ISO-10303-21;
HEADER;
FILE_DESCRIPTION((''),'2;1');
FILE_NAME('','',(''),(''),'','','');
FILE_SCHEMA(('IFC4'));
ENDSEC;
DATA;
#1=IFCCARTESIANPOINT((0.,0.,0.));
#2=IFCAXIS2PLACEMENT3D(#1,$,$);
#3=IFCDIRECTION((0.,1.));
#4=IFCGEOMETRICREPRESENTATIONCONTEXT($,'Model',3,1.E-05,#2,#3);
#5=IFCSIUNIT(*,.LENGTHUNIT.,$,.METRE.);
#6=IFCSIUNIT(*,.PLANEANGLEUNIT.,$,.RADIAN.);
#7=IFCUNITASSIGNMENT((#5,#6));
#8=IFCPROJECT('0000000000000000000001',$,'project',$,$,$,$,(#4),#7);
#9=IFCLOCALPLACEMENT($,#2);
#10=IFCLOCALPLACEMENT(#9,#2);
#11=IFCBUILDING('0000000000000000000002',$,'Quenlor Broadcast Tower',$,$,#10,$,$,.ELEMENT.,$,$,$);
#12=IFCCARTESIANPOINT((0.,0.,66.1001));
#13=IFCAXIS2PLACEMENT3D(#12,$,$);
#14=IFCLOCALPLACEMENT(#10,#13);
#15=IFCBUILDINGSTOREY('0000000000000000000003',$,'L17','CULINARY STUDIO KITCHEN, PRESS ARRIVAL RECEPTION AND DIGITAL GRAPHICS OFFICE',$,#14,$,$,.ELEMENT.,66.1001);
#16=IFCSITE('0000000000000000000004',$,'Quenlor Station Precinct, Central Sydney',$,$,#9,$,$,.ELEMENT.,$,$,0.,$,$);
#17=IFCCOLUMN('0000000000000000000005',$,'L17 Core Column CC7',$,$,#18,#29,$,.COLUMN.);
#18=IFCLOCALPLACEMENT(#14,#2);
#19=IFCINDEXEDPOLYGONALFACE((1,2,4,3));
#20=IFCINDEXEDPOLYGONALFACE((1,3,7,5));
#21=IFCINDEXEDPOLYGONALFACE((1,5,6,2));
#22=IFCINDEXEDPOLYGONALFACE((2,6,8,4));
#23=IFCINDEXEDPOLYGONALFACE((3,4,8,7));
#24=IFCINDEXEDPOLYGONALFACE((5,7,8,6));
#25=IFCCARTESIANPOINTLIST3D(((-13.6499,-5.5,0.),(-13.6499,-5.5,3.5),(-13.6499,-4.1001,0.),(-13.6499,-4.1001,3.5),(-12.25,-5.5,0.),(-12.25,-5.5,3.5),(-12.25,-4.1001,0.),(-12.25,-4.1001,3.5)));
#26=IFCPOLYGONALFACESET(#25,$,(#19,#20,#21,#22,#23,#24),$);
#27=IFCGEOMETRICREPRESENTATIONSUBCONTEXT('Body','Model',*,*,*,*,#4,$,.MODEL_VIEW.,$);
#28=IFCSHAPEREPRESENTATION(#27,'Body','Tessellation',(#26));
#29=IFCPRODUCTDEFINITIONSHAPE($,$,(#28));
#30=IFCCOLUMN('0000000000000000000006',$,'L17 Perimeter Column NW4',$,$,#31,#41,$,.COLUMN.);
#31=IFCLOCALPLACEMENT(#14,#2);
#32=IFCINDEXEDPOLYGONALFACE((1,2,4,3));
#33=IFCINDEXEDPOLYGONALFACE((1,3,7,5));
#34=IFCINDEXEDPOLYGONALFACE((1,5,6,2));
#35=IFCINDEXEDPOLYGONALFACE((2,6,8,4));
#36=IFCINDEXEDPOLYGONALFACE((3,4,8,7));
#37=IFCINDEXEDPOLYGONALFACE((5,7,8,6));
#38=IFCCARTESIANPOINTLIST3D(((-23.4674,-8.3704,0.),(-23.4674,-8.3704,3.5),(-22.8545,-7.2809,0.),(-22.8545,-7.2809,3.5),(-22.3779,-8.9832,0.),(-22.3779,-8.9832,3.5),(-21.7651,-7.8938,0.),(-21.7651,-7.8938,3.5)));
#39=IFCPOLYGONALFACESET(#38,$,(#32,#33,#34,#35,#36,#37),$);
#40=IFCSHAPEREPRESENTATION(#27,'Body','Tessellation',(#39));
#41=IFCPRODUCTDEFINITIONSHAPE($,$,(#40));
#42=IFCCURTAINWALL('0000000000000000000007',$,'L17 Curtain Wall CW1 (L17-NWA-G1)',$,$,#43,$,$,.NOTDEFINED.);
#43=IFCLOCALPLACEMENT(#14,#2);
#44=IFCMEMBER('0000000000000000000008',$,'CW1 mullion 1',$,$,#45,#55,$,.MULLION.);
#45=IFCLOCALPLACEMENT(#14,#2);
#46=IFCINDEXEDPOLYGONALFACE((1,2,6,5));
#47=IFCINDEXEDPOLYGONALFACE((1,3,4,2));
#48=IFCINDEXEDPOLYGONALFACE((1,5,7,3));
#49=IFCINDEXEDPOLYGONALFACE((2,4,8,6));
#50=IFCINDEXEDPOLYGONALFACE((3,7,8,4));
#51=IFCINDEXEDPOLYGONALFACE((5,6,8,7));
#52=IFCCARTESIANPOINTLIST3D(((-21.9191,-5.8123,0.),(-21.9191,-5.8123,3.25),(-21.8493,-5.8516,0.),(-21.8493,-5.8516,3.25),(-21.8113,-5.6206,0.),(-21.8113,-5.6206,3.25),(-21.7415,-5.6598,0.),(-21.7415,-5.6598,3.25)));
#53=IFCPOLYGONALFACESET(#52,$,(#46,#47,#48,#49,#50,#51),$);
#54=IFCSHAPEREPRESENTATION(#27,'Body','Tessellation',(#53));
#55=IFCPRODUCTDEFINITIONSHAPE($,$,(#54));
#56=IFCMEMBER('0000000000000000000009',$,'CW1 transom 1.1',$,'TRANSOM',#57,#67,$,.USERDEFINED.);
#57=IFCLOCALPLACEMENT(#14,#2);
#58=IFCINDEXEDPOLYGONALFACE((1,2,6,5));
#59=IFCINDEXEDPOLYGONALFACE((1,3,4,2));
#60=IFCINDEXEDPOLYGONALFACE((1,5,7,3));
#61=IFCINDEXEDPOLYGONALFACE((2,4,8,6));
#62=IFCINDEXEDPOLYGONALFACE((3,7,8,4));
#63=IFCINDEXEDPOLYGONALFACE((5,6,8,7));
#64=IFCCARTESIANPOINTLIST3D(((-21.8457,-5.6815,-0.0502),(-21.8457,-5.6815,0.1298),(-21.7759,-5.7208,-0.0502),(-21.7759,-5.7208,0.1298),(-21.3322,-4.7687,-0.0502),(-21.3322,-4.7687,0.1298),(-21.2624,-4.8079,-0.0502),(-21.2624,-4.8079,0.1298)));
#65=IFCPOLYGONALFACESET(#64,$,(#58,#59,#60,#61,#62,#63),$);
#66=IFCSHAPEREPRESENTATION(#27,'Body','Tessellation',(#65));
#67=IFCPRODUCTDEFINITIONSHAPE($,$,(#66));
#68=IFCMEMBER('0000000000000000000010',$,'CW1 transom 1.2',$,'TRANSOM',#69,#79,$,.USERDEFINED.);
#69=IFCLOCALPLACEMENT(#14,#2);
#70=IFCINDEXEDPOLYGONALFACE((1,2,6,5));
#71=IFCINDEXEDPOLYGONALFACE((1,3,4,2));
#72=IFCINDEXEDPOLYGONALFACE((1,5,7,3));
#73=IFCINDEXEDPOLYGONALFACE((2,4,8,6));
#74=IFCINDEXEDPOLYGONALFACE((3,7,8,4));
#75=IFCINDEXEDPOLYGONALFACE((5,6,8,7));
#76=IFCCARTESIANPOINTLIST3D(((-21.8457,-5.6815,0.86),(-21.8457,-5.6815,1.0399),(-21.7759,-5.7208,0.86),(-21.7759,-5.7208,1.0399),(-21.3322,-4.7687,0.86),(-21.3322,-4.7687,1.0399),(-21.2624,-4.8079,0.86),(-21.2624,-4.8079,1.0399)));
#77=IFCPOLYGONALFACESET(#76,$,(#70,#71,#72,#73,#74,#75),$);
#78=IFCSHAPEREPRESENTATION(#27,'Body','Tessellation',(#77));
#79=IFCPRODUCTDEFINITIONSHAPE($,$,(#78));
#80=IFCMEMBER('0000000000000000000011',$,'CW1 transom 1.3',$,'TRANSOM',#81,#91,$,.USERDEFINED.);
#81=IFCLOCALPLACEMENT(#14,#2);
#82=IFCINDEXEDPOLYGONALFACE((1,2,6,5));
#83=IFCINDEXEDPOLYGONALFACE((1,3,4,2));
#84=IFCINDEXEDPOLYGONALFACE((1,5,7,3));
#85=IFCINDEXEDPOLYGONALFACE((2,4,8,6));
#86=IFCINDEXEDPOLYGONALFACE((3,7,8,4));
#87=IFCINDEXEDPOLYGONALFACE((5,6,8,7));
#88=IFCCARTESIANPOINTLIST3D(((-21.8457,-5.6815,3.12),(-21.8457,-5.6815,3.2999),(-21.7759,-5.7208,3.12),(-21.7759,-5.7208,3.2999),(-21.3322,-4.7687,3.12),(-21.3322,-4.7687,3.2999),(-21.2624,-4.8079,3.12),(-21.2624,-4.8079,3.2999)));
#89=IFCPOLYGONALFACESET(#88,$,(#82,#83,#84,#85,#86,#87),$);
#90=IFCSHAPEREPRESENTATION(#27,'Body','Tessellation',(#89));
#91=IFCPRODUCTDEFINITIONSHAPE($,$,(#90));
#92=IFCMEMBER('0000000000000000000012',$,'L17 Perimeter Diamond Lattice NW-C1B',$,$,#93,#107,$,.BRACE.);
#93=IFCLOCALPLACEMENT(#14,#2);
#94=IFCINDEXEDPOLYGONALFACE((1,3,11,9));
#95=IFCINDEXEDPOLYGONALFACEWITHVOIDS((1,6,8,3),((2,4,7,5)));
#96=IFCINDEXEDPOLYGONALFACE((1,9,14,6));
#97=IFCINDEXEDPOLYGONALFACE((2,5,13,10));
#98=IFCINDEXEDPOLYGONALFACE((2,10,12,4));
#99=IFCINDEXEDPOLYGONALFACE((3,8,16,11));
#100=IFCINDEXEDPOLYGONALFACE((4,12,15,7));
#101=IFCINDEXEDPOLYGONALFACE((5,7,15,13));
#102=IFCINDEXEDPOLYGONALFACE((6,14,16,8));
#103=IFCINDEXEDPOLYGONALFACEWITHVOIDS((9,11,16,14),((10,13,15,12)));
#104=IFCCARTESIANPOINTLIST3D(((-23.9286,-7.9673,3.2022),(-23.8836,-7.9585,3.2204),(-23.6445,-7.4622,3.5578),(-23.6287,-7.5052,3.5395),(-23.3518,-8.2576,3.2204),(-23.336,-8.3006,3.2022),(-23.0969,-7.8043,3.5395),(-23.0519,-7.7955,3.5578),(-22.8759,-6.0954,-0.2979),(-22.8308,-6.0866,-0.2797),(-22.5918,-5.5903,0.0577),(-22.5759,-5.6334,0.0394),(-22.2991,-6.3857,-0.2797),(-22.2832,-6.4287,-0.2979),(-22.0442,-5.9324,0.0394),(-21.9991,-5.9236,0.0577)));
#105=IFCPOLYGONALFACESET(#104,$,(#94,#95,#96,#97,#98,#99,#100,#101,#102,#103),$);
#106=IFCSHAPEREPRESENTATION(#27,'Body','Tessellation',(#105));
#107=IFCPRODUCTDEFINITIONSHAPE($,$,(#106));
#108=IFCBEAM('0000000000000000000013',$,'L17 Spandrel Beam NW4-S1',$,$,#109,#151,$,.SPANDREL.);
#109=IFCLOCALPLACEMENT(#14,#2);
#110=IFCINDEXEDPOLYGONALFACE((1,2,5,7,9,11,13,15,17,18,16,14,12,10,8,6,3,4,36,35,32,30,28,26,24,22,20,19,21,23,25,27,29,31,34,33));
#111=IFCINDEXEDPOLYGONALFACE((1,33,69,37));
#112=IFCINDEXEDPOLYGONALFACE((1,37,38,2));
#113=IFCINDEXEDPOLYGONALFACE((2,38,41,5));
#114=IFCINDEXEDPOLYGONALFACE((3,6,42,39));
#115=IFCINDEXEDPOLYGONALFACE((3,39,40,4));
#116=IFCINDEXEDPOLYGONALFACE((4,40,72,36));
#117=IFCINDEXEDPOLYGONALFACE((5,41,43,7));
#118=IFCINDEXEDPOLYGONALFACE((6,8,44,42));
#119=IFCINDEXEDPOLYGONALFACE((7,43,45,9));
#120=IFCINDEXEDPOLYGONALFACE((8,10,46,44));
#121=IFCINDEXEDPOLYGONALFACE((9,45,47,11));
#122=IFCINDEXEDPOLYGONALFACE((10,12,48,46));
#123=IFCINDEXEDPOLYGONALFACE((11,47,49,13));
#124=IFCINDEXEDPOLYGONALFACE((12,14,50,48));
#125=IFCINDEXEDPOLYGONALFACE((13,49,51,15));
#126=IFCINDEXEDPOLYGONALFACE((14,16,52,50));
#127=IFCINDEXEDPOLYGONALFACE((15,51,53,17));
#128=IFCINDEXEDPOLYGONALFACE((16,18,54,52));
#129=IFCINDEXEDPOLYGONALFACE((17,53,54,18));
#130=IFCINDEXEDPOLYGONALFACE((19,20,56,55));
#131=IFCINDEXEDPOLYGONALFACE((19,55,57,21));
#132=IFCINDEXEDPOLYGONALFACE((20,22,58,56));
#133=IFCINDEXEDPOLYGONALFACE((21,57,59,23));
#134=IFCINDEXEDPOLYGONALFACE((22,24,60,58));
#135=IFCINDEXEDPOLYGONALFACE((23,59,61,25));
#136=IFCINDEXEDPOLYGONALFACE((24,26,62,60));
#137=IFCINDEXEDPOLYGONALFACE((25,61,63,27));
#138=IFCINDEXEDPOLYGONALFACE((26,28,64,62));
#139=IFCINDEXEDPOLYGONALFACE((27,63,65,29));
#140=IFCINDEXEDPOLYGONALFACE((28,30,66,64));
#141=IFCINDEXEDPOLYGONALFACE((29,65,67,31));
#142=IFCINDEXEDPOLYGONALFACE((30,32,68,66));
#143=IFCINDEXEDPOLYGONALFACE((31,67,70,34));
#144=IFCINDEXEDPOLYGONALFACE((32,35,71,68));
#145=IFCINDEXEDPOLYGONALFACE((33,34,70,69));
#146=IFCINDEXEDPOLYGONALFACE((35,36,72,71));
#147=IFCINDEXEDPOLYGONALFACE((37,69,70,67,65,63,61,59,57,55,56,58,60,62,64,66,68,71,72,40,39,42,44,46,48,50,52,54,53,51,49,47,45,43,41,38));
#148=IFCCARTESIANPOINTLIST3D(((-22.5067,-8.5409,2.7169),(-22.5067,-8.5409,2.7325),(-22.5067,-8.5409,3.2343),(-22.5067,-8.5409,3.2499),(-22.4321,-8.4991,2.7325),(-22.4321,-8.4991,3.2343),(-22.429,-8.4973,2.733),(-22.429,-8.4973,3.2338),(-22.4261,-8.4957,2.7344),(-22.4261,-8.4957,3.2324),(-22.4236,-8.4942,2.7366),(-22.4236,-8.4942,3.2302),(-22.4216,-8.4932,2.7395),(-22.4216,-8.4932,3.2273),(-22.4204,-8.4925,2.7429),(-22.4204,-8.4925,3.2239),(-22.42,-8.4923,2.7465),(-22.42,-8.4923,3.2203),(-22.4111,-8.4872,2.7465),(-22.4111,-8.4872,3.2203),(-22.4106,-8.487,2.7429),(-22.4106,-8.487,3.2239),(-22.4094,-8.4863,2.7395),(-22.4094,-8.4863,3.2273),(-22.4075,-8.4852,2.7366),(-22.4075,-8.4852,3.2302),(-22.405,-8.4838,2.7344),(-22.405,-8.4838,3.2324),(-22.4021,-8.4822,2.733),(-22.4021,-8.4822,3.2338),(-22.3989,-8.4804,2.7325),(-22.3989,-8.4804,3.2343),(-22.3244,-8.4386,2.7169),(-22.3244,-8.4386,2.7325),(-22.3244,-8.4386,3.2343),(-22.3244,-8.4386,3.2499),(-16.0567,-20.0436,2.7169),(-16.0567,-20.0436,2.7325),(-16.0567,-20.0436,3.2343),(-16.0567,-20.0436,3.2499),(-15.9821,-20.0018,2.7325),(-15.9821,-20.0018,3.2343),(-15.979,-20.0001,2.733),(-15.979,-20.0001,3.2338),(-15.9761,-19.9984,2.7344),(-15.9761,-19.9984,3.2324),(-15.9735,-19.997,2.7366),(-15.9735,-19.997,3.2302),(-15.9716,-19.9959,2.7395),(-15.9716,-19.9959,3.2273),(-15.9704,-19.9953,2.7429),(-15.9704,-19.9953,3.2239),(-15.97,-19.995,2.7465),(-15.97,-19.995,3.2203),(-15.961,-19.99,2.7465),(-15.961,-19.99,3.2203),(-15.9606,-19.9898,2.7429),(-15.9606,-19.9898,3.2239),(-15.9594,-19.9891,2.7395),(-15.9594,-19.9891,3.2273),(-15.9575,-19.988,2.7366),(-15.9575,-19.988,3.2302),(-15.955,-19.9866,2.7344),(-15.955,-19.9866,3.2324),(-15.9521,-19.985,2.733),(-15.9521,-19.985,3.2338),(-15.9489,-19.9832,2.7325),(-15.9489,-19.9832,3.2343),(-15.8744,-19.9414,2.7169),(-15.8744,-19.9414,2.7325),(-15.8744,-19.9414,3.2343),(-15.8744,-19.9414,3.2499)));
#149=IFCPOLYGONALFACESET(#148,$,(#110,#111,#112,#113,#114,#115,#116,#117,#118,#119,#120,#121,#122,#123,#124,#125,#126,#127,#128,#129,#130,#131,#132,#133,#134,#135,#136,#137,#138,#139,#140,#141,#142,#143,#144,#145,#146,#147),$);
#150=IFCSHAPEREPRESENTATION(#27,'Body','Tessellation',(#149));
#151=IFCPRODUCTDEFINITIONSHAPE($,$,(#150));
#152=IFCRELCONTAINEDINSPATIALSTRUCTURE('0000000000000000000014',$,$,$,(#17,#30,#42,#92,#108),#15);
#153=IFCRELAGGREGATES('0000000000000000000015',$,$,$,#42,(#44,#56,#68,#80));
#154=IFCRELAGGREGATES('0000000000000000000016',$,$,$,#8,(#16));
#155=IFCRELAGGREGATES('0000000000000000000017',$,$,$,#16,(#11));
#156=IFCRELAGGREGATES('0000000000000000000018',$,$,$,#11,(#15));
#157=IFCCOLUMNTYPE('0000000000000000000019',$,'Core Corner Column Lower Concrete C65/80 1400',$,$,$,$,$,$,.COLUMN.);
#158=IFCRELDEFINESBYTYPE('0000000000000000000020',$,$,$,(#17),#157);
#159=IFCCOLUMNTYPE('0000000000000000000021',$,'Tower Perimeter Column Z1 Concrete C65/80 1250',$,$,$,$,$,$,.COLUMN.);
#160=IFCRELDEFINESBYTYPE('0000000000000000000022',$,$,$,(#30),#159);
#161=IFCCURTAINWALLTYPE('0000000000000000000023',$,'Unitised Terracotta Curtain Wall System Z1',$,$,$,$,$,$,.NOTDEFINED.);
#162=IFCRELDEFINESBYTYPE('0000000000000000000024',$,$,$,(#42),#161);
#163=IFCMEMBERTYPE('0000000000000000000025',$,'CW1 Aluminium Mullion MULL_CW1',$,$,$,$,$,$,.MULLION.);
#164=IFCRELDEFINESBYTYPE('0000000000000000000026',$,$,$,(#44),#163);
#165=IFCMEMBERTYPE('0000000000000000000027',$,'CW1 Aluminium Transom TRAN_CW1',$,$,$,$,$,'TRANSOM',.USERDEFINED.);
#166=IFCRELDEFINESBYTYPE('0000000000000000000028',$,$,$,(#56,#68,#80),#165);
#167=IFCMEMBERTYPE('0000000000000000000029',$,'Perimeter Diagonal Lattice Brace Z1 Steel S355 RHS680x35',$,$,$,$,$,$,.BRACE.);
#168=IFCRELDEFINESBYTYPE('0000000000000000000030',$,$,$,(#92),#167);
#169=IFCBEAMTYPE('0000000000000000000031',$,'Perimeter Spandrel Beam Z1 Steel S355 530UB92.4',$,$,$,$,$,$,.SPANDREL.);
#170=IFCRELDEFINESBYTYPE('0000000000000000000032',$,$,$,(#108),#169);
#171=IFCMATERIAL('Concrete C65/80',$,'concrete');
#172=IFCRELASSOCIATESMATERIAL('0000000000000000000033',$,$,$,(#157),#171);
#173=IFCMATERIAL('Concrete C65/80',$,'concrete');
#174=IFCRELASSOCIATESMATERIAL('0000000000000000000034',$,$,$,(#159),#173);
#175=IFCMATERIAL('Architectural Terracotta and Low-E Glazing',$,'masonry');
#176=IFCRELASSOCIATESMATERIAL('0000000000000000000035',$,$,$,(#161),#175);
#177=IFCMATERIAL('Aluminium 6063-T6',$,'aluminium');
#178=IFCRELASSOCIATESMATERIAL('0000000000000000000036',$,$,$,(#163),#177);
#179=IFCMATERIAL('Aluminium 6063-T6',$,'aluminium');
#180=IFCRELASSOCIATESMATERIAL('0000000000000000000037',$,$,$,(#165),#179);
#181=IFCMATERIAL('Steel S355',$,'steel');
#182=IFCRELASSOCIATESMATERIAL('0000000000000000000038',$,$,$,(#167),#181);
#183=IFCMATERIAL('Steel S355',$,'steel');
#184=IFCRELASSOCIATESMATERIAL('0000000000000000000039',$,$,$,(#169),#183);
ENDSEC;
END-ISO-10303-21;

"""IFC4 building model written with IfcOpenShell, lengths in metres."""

from ifc_helpers import new_model, si_unit, direction, frame, origin, origin_2d, place, context, subcontext, project, spatial, rectangle, hollow_rectangle, i_section, extrude, material, material_profile, profile_set, type_object, element, aggregate, save


model = new_model("IFC4")

# Units and contexts
model_context = context("Model", 3, precision=1e-05, world=origin(), true_north=direction((0.0, 1.0)))
body_context = subcontext(model_context, "Body", "Model", "MODEL_VIEW")
ifc_project = project(units=[si_unit("LENGTHUNIT", "METRE"), si_unit("PLANEANGLEUNIT", "RADIAN")], contexts=[model_context])

# Site, building, storey
site_placement = place(None, origin())
site = spatial("IfcSite", under=ifc_project, at=site_placement, Name="Quenlor Station Precinct, Central Sydney", CompositionType="ELEMENT", RefElevation=0.0)
building_placement = place(site_placement, origin())
building = spatial("IfcBuilding", under=site, at=building_placement, Name="Quenlor Broadcast Tower", CompositionType="ELEMENT")
storey_placement = place(building_placement, frame((0.0, 0.0, 66.1001)))
storey = spatial("IfcBuildingStorey", under=building, at=storey_placement, Name="L17", Description="CULINARY STUDIO KITCHEN, PRESS ARRIVAL RECEPTION AND DIGITAL GRAPHICS OFFICE", CompositionType="ELEMENT", Elevation=66.1001)

# Columns
ifc_material_1 = material(Name="Concrete C65/80", Category="concrete")
ifc_material_profile_1 = material_profile(ifc_material_1, rectangle(XDim=1.3999, YDim=1.3999, at=origin_2d()))
ifc_profile_set_1 = profile_set([ifc_material_profile_1], Name="Concrete C65/80 RC1400x1400")
column_type_1 = type_object("IfcColumnType", Name="Core Corner Column Lower Concrete C65/80 1400", PredefinedType="COLUMN", material=ifc_profile_set_1)
column_1_placement = place(storey_placement, frame((-12.95, -4.8, 0.0), z_axis=(0.0, 0.0, 1.0), x_axis=(1.0, 0.0, 0.0)))
element("IfcColumn", 1, at=column_1_placement, inside=storey, type_object=column_type_1, Name="L17 Core Column CC7", PredefinedType="COLUMN", context=body_context, shape_type="SweptSolid", body=[
    extrude(rectangle(XDim=1.3999, YDim=1.3999, at=origin_2d()), origin(), (0.0, 0.0, 1.0), 3.5),
])
ifc_material_2 = material(Name="Concrete C65/80", Category="concrete")
ifc_material_profile_2 = material_profile(ifc_material_2, rectangle(XDim=1.25, YDim=1.25, at=origin_2d()))
ifc_profile_set_2 = profile_set([ifc_material_profile_2], Name="Concrete C65/80 RC1250x1250")
column_type_2 = type_object("IfcColumnType", Name="Tower Perimeter Column Z1 Concrete C65/80 1250", PredefinedType="COLUMN", material=ifc_profile_set_2)
column_2_placement = place(storey_placement, frame((-22.6162, -8.1321, 0.0), z_axis=(0.0, 0.0, 1.0), x_axis=(-0.871575, 0.490262, 0.0)))
element("IfcColumn", 2, at=column_2_placement, inside=storey, type_object=column_type_2, Name="L17 Perimeter Column NW4", PredefinedType="COLUMN", context=body_context, shape_type="SweptSolid", body=[
    extrude(rectangle(XDim=1.25, YDim=1.25, at=origin_2d()), origin(), (0.0, 0.0, 1.0), 3.5),
])

# Curtain wall, members
ifc_material_3 = material(Name="Architectural Terracotta and Low-E Glazing", Category="masonry")
curtain_wall_type = type_object("IfcCurtainWallType", Name="Unitised Terracotta Curtain Wall System Z1", PredefinedType="NOTDEFINED", material=ifc_material_3)
curtain_wall_placement = place(storey_placement, origin())
curtain_wall = element("IfcCurtainWall", 3, at=curtain_wall_placement, inside=storey, type_object=curtain_wall_type, Name="L17 Curtain Wall CW1 (L17-NWA-G1)", PredefinedType="NOTDEFINED")
ifc_material_4 = material(Name="Aluminium 6063-T6", Category="aluminium")
ifc_material_profile_3 = material_profile(ifc_material_4, rectangle(XDim=0.0801, YDim=0.22, at=origin_2d()))
ifc_profile_set_3 = profile_set([ifc_material_profile_3], Name="Aluminium 6063-T6 MULL80x220")
member_type_1 = type_object("IfcMemberType", Name="CW1 Aluminium Mullion MULL_CW1", PredefinedType="MULLION", material=ifc_profile_set_3)
member_1_placement = place(storey_placement, frame((-21.8303, -5.7361, 0.0), z_axis=(0.0, 0.0, 1.0), x_axis=(-0.871602, 0.490214, 0.0)))
member_1 = element("IfcMember", 4, at=member_1_placement, type_object=member_type_1, Name="CW1 mullion 1", PredefinedType="MULLION", context=body_context, shape_type="SweptSolid", body=[
    extrude(rectangle(XDim=0.0801, YDim=0.22, at=origin_2d()), origin(), (0.0, 0.0, 1.0), 3.25),
])
ifc_material_5 = material(Name="Aluminium 6063-T6", Category="aluminium")
ifc_material_profile_4 = material_profile(ifc_material_5, rectangle(XDim=0.0801, YDim=0.1799, at=origin_2d()))
ifc_profile_set_4 = profile_set([ifc_material_profile_4], Name="Aluminium 6063-T6 TRAN80x180")
member_type_2 = type_object("IfcMemberType", Name="CW1 Aluminium Transom TRAN_CW1", ElementType="TRANSOM", PredefinedType="USERDEFINED", material=ifc_profile_set_4)
member_2_placement = place(storey_placement, frame((-21.8108, -5.7012, 0.0398), z_axis=(0.490228, 0.871594, 0.0), x_axis=(-0.871594, 0.490228, 0.0)))
member_2 = element("IfcMember", 5, at=member_2_placement, type_object=member_type_2, Name="CW1 transom 1.1", ObjectType="TRANSOM", PredefinedType="USERDEFINED", context=body_context, shape_type="SweptSolid", body=[
    extrude(rectangle(XDim=0.0801, YDim=0.1799, at=origin_2d()), origin(), (0.0, 0.0, 1.0), 1.0474),
])
member_3_placement = place(storey_placement, frame((-21.8108, -5.7012, 0.95), z_axis=(0.490228, 0.871594, 0.0), x_axis=(-0.871594, 0.490228, 0.0)))
member_3 = element("IfcMember", 6, at=member_3_placement, type_object=member_type_2, Name="CW1 transom 1.2", ObjectType="TRANSOM", PredefinedType="USERDEFINED", context=body_context, shape_type="SweptSolid", body=[
    extrude(rectangle(XDim=0.0801, YDim=0.1799, at=origin_2d()), origin(), (0.0, 0.0, 1.0), 1.0474),
])
member_4_placement = place(storey_placement, frame((-21.8108, -5.7012, 3.21), z_axis=(0.490228, 0.871594, 0.0), x_axis=(-0.871594, 0.490228, 0.0)))
member_4 = element("IfcMember", 7, at=member_4_placement, type_object=member_type_2, Name="CW1 transom 1.3", ObjectType="TRANSOM", PredefinedType="USERDEFINED", context=body_context, shape_type="SweptSolid", body=[
    extrude(rectangle(XDim=0.0801, YDim=0.1799, at=origin_2d()), origin(), (0.0, 0.0, 1.0), 1.0474),
])

# Member
ifc_material_6 = material(Name="Steel S355", Category="steel")
ifc_material_profile_5 = material_profile(ifc_material_6, hollow_rectangle(XDim=0.6799, YDim=0.6799, WallThickness=0.0349, at=origin_2d()))
ifc_profile_set_5 = profile_set([ifc_material_profile_5], Name="Steel S355 RHS680x680x35")
member_type_3 = type_object("IfcMemberType", Name="Perimeter Diagonal Lattice Brace Z1 Steel S355 RHS680x35", PredefinedType="BRACE", material=ifc_profile_set_5)
member_5_placement = place(storey_placement, frame((-22.4375, -6.0095, -0.1201), z_axis=(-0.256368, -0.455839, 0.852342), x_axis=(0.871609, -0.490202, 0.0)))
element("IfcMember", 8, at=member_5_placement, inside=storey, type_object=member_type_3, Name="L17 Perimeter Diamond Lattice NW-C1B", PredefinedType="BRACE", context=body_context, shape_type="SweptSolid", body=[
    extrude(hollow_rectangle(XDim=0.6799, YDim=0.6799, WallThickness=0.0349, at=origin_2d()), origin(), (0.0, 0.0, 1.0), 4.1064),
])

# Beam
ifc_material_7 = material(Name="Steel S355", Category="steel")
ifc_material_profile_6 = material_profile(ifc_material_7, i_section(OverallWidth=0.209, OverallDepth=0.533, WebThickness=0.0103, FlangeThickness=0.0156, FilletRadius=0.0139, at=origin_2d()))
ifc_profile_set_6 = profile_set([ifc_material_profile_6], Name="Steel S355 530UB92.4")
beam_type_1 = type_object("IfcBeamType", Name="Perimeter Spandrel Beam Z1 Steel S355 530UB92.4", PredefinedType="SPANDREL", material=ifc_profile_set_6)
beam_1_placement = place(storey_placement, frame((-22.4155, -8.4897, 2.9834), z_axis=(0.489091, -0.872233, 0.0), x_axis=(0.872233, 0.489091, 0.0)))
element("IfcBeam", 9, at=beam_1_placement, inside=storey, type_object=beam_type_1, Name="L17 Spandrel Beam NW4-S1", PredefinedType="SPANDREL", context=body_context, shape_type="SweptSolid", body=[
    extrude(i_section(OverallWidth=0.209, OverallDepth=0.533, WebThickness=0.0103, FlangeThickness=0.0156, FilletRadius=0.0139, at=origin_2d()), origin(), (0.0, 0.0, 1.0), 13.1877),
])

aggregate(curtain_wall, [member_1, member_2, member_3, member_4])

save(model, "model.ifc")
